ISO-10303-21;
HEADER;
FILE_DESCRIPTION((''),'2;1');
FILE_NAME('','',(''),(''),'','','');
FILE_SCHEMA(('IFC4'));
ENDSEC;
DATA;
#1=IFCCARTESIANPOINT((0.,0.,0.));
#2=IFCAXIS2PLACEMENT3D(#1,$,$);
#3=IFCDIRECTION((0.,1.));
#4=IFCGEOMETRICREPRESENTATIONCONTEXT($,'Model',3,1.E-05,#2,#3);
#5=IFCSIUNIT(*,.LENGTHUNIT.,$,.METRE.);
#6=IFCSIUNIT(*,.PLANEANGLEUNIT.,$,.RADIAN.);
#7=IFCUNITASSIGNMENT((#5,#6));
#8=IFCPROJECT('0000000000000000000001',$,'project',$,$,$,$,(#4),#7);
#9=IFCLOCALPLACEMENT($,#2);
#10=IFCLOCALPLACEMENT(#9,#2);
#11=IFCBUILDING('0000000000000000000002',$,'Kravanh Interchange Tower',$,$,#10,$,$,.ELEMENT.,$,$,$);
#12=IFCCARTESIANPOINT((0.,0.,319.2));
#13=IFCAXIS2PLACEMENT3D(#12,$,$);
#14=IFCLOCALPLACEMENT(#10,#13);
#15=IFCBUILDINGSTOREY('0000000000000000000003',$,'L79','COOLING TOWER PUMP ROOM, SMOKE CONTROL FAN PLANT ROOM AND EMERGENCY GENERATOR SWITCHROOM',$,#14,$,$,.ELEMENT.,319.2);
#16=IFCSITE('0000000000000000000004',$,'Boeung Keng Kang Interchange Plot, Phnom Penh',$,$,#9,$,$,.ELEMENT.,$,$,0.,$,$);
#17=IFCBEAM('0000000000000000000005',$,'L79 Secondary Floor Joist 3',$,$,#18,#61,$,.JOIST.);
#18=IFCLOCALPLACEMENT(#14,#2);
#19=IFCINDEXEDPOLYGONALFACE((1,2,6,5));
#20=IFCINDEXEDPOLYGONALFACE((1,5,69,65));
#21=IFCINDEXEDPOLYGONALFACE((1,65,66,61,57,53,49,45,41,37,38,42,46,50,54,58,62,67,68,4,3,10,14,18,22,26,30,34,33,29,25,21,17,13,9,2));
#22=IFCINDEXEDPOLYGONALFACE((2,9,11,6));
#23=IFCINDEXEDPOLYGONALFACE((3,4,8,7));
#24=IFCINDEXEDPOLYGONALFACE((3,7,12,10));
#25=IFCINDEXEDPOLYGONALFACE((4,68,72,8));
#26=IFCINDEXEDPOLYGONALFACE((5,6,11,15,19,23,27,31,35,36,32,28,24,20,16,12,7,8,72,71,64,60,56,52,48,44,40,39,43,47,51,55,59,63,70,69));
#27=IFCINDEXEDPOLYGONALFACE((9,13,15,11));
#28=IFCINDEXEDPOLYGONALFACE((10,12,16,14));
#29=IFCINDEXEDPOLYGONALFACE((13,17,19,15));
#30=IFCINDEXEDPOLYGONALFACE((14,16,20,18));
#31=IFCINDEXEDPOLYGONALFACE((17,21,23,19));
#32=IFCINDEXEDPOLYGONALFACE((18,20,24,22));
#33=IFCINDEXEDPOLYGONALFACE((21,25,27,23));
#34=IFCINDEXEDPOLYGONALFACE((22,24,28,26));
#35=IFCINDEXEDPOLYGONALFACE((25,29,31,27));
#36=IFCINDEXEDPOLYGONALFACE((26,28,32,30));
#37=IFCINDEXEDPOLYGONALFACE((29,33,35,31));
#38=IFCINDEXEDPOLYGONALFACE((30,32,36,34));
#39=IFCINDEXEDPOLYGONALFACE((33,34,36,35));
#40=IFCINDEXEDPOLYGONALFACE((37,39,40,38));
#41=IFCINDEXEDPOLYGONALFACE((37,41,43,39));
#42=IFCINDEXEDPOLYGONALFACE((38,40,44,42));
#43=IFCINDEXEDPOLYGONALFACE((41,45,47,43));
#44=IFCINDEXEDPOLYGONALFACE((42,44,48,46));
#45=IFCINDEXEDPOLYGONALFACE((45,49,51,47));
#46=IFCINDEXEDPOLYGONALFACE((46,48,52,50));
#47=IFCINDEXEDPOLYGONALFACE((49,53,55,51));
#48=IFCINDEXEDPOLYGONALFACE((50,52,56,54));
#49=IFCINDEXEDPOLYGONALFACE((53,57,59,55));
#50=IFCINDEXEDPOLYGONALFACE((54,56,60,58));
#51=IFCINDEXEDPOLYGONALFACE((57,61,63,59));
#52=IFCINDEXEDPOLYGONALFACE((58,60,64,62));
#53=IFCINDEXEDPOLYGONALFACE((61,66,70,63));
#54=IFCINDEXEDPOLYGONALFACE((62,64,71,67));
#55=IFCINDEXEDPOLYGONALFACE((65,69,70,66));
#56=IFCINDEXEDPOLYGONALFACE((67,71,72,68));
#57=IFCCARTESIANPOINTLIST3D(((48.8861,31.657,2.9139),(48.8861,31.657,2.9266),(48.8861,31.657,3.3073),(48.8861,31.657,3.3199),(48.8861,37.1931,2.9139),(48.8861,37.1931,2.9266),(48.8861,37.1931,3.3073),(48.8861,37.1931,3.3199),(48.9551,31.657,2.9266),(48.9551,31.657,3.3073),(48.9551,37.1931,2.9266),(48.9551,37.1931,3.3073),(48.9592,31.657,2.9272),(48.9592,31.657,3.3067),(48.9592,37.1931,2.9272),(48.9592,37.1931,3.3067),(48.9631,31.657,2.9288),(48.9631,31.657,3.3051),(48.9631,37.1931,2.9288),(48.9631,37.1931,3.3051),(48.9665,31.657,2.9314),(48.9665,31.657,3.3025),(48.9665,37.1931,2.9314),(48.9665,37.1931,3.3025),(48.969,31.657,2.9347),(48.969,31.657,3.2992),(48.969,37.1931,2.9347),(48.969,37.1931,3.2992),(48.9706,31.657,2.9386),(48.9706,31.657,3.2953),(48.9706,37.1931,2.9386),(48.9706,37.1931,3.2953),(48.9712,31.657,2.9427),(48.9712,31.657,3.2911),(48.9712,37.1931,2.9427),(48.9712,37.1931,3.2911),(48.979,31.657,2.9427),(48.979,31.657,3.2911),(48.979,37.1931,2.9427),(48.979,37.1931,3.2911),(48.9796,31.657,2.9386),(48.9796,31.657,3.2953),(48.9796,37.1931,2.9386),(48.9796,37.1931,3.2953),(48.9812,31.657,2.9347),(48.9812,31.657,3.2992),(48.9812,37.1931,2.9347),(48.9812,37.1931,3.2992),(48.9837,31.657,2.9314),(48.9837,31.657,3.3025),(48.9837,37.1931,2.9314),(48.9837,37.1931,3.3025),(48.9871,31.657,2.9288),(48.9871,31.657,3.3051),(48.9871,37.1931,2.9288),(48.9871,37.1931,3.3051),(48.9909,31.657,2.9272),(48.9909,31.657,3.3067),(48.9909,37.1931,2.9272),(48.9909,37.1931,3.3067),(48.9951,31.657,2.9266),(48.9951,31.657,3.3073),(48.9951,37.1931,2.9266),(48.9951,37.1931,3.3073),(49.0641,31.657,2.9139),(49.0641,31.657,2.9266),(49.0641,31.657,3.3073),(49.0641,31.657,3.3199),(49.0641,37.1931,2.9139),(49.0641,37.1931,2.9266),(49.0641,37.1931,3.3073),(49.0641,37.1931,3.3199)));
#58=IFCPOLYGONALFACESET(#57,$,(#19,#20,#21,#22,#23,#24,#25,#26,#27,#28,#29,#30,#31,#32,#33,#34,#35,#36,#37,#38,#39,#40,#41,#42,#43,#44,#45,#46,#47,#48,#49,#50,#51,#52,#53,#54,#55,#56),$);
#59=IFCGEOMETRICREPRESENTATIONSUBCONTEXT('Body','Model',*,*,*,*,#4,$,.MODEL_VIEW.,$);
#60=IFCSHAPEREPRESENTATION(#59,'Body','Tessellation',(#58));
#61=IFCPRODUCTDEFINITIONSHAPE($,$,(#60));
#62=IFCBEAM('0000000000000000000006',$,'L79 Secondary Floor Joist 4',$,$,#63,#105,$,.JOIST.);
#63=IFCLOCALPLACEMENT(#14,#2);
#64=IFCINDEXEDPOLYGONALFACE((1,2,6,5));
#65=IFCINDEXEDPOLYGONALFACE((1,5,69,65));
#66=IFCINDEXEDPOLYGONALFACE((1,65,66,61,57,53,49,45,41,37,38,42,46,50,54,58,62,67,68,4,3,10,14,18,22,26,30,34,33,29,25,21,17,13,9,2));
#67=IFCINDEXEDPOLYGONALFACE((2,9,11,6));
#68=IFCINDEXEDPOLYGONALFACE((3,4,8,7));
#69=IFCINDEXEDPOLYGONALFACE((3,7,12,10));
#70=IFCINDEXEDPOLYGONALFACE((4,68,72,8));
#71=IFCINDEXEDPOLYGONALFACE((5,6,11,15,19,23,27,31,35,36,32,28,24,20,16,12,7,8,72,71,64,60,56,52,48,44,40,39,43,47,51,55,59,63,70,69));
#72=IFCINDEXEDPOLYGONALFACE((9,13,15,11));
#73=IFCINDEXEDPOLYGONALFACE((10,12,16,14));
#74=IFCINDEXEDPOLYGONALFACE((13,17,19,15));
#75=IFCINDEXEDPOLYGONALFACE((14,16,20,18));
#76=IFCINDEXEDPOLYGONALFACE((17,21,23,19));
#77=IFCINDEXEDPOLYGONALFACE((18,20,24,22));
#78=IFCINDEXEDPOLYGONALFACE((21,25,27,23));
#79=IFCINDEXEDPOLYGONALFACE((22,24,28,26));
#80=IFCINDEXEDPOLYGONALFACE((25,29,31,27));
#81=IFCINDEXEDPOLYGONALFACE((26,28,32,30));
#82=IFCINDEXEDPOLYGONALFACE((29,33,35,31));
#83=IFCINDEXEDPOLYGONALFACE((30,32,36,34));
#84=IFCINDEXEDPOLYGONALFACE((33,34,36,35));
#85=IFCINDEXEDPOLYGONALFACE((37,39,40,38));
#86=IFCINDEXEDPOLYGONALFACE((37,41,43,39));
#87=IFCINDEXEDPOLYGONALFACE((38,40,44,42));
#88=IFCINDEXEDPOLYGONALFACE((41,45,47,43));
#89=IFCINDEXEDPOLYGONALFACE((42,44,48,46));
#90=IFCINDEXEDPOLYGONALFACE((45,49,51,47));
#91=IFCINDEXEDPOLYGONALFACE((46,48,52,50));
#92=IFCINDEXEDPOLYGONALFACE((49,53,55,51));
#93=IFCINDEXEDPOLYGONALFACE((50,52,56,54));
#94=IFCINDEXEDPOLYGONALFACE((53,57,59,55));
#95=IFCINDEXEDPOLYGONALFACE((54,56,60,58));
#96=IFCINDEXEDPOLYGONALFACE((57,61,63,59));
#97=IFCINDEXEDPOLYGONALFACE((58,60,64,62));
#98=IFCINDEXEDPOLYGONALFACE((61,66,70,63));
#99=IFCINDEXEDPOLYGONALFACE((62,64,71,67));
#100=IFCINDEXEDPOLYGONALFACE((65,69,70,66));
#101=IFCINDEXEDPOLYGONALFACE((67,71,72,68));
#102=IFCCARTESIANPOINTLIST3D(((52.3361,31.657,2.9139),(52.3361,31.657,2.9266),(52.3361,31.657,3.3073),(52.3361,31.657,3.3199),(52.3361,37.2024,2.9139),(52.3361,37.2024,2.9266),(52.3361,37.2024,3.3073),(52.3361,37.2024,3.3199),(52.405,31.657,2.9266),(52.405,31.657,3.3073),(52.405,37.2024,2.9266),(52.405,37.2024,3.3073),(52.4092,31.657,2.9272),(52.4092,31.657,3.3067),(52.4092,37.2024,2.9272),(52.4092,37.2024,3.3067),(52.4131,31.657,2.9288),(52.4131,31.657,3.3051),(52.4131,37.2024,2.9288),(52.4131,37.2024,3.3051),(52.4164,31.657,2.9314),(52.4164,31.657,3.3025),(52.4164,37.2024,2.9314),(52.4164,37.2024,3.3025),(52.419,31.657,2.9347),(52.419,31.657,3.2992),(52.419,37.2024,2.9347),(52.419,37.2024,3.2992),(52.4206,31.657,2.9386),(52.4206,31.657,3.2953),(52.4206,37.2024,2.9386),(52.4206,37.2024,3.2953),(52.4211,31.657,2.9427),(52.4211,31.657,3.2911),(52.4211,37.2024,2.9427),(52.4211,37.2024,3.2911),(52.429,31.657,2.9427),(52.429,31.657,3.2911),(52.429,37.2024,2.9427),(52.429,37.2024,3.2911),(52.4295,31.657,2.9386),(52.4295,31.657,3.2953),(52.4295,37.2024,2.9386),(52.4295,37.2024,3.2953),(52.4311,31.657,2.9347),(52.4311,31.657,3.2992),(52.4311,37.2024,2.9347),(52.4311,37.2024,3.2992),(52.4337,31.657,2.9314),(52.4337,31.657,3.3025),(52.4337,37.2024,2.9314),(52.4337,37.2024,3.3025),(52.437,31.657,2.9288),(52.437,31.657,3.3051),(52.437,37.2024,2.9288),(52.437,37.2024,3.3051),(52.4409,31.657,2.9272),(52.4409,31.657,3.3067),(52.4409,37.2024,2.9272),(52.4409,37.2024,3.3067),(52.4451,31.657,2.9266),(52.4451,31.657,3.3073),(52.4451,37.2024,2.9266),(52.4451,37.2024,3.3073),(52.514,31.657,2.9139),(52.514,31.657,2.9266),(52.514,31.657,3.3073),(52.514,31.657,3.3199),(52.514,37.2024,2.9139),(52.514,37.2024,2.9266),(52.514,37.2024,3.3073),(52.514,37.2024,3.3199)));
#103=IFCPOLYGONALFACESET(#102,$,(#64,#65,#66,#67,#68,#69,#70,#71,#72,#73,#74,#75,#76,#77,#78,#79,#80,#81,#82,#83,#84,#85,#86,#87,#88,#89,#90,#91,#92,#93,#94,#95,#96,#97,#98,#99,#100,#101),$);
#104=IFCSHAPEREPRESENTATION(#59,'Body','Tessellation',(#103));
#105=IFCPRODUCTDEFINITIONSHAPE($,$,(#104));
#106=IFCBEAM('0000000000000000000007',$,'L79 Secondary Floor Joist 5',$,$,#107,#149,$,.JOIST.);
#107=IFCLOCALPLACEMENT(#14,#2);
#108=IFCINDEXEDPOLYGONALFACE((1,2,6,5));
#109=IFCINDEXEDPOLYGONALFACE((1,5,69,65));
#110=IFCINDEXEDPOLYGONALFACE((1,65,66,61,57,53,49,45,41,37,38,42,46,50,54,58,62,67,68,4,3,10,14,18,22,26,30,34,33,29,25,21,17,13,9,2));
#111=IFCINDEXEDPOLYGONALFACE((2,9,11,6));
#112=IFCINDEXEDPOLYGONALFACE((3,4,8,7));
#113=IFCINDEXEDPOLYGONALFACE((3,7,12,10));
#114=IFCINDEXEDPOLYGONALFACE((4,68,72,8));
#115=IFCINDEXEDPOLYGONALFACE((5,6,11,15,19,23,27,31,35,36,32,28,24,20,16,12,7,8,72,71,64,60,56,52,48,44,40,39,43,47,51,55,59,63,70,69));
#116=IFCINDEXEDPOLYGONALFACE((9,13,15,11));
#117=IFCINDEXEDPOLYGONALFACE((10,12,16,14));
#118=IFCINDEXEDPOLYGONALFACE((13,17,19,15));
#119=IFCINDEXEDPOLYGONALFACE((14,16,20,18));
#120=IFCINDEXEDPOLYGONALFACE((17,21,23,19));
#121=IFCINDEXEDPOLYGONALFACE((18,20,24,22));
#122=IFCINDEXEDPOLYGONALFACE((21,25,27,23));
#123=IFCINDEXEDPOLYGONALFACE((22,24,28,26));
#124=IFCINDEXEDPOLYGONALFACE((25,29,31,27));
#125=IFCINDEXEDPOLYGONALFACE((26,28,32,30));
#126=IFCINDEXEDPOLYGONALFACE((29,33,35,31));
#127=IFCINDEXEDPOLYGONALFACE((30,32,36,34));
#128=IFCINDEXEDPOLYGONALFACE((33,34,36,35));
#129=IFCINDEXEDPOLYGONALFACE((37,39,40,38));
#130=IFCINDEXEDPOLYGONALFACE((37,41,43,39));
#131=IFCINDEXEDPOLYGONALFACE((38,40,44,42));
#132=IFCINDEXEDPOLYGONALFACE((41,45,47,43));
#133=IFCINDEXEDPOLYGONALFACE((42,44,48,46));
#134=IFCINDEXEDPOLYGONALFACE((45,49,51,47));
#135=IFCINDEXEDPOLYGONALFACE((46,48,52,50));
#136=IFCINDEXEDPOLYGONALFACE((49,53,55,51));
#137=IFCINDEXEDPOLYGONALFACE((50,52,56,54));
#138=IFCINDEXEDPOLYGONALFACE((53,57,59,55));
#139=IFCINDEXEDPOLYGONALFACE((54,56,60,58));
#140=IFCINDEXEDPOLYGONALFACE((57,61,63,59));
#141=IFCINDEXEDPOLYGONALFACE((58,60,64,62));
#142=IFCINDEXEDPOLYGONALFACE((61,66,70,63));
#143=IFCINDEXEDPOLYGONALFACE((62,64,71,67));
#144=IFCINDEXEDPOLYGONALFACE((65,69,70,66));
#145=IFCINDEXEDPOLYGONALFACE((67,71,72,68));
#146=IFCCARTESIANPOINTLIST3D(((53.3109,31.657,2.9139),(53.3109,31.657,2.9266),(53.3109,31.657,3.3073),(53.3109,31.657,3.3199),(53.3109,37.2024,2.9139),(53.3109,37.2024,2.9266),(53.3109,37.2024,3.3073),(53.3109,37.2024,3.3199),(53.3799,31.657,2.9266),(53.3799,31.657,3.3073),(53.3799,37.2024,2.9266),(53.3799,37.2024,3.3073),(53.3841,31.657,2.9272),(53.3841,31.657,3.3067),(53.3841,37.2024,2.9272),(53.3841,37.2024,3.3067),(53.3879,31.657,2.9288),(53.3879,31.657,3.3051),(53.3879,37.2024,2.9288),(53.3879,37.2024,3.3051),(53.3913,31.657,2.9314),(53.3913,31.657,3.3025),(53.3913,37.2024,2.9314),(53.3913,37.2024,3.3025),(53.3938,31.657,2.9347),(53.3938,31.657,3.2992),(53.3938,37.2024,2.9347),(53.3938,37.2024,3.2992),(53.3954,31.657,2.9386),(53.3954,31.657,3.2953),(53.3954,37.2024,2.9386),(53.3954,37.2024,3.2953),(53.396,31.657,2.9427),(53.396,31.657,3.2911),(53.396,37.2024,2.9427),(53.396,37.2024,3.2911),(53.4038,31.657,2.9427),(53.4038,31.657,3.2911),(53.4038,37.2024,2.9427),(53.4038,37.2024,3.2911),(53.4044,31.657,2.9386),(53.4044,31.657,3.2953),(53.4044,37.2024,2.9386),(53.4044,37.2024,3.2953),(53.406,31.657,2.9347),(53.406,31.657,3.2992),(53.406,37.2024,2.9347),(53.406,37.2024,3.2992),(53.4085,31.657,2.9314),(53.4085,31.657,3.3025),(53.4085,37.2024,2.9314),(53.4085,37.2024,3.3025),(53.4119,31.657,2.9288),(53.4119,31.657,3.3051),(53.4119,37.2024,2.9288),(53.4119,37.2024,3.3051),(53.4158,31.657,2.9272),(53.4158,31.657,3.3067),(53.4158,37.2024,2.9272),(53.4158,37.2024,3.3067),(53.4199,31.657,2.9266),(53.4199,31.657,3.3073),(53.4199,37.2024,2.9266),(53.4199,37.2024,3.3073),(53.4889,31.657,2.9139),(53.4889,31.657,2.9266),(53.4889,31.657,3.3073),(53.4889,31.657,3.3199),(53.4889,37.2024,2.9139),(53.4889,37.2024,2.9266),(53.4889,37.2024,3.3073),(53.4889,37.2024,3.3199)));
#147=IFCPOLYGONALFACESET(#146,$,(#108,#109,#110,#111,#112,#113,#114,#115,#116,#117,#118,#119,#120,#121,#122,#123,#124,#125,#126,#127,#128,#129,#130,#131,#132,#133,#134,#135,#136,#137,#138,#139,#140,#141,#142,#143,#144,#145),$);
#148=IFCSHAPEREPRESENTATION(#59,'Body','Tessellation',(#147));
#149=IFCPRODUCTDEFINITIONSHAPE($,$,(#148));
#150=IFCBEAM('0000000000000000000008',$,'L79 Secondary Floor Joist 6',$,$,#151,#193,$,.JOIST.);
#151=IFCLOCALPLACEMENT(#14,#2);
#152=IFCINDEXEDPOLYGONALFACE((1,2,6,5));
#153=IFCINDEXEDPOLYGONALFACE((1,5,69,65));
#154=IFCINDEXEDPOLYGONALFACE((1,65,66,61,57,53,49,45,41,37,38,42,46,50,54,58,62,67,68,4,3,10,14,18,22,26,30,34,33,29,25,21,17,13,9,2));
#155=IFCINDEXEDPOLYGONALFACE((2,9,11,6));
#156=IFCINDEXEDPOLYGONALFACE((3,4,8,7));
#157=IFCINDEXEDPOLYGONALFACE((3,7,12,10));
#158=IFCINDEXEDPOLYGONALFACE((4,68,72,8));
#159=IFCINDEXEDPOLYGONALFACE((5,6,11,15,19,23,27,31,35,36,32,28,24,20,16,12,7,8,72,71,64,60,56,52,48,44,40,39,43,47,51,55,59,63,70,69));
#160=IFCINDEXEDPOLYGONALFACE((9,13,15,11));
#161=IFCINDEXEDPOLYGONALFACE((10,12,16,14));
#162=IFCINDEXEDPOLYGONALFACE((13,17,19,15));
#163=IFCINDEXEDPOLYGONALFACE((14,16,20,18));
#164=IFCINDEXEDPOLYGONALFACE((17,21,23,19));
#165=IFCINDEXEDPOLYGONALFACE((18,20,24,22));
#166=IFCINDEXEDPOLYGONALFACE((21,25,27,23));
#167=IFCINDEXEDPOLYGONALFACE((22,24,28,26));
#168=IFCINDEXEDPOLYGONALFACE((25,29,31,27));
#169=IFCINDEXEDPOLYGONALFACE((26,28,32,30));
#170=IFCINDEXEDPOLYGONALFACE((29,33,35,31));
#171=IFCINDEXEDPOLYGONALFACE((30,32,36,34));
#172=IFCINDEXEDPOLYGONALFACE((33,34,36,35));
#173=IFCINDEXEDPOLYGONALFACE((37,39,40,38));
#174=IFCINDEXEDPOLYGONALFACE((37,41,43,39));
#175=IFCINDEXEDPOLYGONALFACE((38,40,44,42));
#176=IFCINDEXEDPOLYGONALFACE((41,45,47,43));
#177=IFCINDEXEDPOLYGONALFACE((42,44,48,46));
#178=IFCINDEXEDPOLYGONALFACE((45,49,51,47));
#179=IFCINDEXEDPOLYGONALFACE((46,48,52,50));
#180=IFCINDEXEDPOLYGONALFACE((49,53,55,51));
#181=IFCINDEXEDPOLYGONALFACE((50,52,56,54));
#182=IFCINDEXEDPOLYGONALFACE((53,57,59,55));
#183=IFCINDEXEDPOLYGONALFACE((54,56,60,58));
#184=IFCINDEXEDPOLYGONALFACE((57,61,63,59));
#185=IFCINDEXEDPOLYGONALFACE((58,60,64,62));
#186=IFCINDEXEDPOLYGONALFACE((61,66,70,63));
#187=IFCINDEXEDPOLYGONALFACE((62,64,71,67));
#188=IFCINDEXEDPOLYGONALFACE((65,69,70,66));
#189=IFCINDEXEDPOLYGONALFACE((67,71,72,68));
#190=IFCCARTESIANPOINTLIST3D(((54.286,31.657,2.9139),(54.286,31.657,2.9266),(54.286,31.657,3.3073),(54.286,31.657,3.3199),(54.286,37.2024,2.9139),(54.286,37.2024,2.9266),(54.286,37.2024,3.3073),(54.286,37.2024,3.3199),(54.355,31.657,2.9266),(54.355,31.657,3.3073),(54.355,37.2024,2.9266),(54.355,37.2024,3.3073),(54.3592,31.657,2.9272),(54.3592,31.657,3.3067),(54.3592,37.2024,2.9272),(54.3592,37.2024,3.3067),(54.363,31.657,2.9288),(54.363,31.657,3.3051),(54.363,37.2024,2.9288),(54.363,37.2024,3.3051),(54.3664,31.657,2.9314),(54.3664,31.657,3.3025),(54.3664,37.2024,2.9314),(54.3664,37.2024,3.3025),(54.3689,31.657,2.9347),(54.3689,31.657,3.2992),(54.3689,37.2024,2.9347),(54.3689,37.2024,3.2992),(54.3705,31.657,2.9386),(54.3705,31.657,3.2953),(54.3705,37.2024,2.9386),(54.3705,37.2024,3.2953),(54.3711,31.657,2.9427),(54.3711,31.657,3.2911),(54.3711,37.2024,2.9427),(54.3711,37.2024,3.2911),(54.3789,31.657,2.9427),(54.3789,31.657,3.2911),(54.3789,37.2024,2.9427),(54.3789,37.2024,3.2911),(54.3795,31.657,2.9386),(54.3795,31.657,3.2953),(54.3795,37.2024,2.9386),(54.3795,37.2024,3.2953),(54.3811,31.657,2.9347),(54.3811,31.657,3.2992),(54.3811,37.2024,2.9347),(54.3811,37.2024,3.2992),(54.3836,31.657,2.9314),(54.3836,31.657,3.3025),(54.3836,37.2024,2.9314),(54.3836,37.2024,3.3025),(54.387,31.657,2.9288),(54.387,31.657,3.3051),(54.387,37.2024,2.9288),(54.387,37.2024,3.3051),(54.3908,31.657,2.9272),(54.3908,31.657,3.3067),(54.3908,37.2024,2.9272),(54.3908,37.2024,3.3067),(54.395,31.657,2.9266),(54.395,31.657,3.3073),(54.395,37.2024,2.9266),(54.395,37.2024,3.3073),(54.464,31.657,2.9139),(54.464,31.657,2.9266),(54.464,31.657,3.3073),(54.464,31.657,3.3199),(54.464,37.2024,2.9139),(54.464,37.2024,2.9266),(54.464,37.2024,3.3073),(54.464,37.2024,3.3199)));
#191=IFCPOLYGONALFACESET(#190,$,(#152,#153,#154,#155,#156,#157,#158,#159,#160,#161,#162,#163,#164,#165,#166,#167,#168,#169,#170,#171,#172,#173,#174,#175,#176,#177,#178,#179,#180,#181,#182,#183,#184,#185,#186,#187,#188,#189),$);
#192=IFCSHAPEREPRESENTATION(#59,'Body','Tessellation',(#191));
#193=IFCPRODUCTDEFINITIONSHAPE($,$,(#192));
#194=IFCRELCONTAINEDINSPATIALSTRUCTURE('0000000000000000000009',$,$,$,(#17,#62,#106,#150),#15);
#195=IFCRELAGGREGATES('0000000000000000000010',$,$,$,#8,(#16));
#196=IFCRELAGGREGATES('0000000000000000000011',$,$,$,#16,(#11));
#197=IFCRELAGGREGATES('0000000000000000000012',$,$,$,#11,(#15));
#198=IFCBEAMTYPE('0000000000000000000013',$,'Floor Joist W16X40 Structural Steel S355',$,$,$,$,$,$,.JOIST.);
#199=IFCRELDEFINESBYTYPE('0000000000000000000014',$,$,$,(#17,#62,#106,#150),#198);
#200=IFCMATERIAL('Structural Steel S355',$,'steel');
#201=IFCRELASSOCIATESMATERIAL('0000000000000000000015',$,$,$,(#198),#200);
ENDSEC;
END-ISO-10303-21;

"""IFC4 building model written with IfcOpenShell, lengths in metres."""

from ifc_helpers import new_model, si_unit, direction, frame, origin, origin_2d, place, context, subcontext, project, spatial, i_section, extrude, material, material_profile, profile_set, type_object, element, save


model = new_model("IFC4")

# Units and contexts
model_context = context("Model", 3, precision=1e-05, world=origin(), true_north=direction((0.0, 1.0)))
body_context = subcontext(model_context, "Body", "Model", "MODEL_VIEW")
ifc_project = project(units=[si_unit("LENGTHUNIT", "METRE"), si_unit("PLANEANGLEUNIT", "RADIAN")], contexts=[model_context])

# Site, building, storey
site_placement = place(None, origin())
site = spatial("IfcSite", under=ifc_project, at=site_placement, Name="Boeung Keng Kang Interchange Plot, Phnom Penh", CompositionType="ELEMENT", RefElevation=0.0)
building_placement = place(site_placement, origin())
building = spatial("IfcBuilding", under=site, at=building_placement, Name="Kravanh Interchange Tower", CompositionType="ELEMENT")
storey_placement = place(building_placement, frame((0.0, 0.0, 319.2)))
storey = spatial("IfcBuildingStorey", under=building, at=storey_placement, Name="L79", Description="COOLING TOWER PUMP ROOM, SMOKE CONTROL FAN PLANT ROOM AND EMERGENCY GENERATOR SWITCHROOM", CompositionType="ELEMENT", Elevation=319.2)

# Beams
ifc_material_1 = material(Name="Structural Steel S355", Category="steel")
ifc_material_profile_1 = material_profile(ifc_material_1, i_section(OverallWidth=0.178, OverallDepth=0.406, WebThickness=0.0078, FlangeThickness=0.0127, FilletRadius=0.0161, at=origin_2d()), Name="W16X40")
ifc_profile_set_1 = profile_set([ifc_material_profile_1], Name="Structural Steel S355")
beam_type_1 = type_object("IfcBeamType", Name="Floor Joist W16X40 Structural Steel S355", PredefinedType="JOIST", material=ifc_profile_set_1)
for number, where, z_axis, x_axis, name in (
    (1, (48.9751, 31.657, 3.1169), (0.0, 1.0, 0.0), (-1.0, 0.0, 0.0), "L79 Secondary Floor Joist 3"),
):
    element("IfcBeam", number, at=place(storey_placement, frame(where, z_axis=z_axis, x_axis=x_axis)), inside=storey, type_object=beam_type_1, Name=name, PredefinedType="JOIST", context=body_context, shape_type="SweptSolid", body=[
        extrude(i_section(OverallWidth=0.178, OverallDepth=0.406, WebThickness=0.0078, FlangeThickness=0.0127, FilletRadius=0.0161, at=origin_2d()), origin(), (0.0, 0.0, 1.0), 5.5361),
    ])
for number, where, z_axis, x_axis, name in (
    (2, (52.425, 31.657, 3.1169), (0.0, 1.0, 0.0), (-1.0, 0.0, 0.0), "L79 Secondary Floor Joist 4"),
    (3, (53.3999, 31.657, 3.1169), (0.0, 1.0, 0.0), (-1.0, 0.0, 0.0), "L79 Secondary Floor Joist 5"),
    (4, (54.375, 31.657, 3.1169), (0.0, 1.0, 0.0), (-1.0, 0.0, 0.0), "L79 Secondary Floor Joist 6"),
):
    element("IfcBeam", number, at=place(storey_placement, frame(where, z_axis=z_axis, x_axis=x_axis)), inside=storey, type_object=beam_type_1, Name=name, PredefinedType="JOIST", context=body_context, shape_type="SweptSolid", body=[
        extrude(i_section(OverallWidth=0.178, OverallDepth=0.406, WebThickness=0.0078, FlangeThickness=0.0127, FilletRadius=0.0161, at=origin_2d()), origin(), (0.0, 0.0, 1.0), 5.5454),
    ])

save(model, "model.ifc")
